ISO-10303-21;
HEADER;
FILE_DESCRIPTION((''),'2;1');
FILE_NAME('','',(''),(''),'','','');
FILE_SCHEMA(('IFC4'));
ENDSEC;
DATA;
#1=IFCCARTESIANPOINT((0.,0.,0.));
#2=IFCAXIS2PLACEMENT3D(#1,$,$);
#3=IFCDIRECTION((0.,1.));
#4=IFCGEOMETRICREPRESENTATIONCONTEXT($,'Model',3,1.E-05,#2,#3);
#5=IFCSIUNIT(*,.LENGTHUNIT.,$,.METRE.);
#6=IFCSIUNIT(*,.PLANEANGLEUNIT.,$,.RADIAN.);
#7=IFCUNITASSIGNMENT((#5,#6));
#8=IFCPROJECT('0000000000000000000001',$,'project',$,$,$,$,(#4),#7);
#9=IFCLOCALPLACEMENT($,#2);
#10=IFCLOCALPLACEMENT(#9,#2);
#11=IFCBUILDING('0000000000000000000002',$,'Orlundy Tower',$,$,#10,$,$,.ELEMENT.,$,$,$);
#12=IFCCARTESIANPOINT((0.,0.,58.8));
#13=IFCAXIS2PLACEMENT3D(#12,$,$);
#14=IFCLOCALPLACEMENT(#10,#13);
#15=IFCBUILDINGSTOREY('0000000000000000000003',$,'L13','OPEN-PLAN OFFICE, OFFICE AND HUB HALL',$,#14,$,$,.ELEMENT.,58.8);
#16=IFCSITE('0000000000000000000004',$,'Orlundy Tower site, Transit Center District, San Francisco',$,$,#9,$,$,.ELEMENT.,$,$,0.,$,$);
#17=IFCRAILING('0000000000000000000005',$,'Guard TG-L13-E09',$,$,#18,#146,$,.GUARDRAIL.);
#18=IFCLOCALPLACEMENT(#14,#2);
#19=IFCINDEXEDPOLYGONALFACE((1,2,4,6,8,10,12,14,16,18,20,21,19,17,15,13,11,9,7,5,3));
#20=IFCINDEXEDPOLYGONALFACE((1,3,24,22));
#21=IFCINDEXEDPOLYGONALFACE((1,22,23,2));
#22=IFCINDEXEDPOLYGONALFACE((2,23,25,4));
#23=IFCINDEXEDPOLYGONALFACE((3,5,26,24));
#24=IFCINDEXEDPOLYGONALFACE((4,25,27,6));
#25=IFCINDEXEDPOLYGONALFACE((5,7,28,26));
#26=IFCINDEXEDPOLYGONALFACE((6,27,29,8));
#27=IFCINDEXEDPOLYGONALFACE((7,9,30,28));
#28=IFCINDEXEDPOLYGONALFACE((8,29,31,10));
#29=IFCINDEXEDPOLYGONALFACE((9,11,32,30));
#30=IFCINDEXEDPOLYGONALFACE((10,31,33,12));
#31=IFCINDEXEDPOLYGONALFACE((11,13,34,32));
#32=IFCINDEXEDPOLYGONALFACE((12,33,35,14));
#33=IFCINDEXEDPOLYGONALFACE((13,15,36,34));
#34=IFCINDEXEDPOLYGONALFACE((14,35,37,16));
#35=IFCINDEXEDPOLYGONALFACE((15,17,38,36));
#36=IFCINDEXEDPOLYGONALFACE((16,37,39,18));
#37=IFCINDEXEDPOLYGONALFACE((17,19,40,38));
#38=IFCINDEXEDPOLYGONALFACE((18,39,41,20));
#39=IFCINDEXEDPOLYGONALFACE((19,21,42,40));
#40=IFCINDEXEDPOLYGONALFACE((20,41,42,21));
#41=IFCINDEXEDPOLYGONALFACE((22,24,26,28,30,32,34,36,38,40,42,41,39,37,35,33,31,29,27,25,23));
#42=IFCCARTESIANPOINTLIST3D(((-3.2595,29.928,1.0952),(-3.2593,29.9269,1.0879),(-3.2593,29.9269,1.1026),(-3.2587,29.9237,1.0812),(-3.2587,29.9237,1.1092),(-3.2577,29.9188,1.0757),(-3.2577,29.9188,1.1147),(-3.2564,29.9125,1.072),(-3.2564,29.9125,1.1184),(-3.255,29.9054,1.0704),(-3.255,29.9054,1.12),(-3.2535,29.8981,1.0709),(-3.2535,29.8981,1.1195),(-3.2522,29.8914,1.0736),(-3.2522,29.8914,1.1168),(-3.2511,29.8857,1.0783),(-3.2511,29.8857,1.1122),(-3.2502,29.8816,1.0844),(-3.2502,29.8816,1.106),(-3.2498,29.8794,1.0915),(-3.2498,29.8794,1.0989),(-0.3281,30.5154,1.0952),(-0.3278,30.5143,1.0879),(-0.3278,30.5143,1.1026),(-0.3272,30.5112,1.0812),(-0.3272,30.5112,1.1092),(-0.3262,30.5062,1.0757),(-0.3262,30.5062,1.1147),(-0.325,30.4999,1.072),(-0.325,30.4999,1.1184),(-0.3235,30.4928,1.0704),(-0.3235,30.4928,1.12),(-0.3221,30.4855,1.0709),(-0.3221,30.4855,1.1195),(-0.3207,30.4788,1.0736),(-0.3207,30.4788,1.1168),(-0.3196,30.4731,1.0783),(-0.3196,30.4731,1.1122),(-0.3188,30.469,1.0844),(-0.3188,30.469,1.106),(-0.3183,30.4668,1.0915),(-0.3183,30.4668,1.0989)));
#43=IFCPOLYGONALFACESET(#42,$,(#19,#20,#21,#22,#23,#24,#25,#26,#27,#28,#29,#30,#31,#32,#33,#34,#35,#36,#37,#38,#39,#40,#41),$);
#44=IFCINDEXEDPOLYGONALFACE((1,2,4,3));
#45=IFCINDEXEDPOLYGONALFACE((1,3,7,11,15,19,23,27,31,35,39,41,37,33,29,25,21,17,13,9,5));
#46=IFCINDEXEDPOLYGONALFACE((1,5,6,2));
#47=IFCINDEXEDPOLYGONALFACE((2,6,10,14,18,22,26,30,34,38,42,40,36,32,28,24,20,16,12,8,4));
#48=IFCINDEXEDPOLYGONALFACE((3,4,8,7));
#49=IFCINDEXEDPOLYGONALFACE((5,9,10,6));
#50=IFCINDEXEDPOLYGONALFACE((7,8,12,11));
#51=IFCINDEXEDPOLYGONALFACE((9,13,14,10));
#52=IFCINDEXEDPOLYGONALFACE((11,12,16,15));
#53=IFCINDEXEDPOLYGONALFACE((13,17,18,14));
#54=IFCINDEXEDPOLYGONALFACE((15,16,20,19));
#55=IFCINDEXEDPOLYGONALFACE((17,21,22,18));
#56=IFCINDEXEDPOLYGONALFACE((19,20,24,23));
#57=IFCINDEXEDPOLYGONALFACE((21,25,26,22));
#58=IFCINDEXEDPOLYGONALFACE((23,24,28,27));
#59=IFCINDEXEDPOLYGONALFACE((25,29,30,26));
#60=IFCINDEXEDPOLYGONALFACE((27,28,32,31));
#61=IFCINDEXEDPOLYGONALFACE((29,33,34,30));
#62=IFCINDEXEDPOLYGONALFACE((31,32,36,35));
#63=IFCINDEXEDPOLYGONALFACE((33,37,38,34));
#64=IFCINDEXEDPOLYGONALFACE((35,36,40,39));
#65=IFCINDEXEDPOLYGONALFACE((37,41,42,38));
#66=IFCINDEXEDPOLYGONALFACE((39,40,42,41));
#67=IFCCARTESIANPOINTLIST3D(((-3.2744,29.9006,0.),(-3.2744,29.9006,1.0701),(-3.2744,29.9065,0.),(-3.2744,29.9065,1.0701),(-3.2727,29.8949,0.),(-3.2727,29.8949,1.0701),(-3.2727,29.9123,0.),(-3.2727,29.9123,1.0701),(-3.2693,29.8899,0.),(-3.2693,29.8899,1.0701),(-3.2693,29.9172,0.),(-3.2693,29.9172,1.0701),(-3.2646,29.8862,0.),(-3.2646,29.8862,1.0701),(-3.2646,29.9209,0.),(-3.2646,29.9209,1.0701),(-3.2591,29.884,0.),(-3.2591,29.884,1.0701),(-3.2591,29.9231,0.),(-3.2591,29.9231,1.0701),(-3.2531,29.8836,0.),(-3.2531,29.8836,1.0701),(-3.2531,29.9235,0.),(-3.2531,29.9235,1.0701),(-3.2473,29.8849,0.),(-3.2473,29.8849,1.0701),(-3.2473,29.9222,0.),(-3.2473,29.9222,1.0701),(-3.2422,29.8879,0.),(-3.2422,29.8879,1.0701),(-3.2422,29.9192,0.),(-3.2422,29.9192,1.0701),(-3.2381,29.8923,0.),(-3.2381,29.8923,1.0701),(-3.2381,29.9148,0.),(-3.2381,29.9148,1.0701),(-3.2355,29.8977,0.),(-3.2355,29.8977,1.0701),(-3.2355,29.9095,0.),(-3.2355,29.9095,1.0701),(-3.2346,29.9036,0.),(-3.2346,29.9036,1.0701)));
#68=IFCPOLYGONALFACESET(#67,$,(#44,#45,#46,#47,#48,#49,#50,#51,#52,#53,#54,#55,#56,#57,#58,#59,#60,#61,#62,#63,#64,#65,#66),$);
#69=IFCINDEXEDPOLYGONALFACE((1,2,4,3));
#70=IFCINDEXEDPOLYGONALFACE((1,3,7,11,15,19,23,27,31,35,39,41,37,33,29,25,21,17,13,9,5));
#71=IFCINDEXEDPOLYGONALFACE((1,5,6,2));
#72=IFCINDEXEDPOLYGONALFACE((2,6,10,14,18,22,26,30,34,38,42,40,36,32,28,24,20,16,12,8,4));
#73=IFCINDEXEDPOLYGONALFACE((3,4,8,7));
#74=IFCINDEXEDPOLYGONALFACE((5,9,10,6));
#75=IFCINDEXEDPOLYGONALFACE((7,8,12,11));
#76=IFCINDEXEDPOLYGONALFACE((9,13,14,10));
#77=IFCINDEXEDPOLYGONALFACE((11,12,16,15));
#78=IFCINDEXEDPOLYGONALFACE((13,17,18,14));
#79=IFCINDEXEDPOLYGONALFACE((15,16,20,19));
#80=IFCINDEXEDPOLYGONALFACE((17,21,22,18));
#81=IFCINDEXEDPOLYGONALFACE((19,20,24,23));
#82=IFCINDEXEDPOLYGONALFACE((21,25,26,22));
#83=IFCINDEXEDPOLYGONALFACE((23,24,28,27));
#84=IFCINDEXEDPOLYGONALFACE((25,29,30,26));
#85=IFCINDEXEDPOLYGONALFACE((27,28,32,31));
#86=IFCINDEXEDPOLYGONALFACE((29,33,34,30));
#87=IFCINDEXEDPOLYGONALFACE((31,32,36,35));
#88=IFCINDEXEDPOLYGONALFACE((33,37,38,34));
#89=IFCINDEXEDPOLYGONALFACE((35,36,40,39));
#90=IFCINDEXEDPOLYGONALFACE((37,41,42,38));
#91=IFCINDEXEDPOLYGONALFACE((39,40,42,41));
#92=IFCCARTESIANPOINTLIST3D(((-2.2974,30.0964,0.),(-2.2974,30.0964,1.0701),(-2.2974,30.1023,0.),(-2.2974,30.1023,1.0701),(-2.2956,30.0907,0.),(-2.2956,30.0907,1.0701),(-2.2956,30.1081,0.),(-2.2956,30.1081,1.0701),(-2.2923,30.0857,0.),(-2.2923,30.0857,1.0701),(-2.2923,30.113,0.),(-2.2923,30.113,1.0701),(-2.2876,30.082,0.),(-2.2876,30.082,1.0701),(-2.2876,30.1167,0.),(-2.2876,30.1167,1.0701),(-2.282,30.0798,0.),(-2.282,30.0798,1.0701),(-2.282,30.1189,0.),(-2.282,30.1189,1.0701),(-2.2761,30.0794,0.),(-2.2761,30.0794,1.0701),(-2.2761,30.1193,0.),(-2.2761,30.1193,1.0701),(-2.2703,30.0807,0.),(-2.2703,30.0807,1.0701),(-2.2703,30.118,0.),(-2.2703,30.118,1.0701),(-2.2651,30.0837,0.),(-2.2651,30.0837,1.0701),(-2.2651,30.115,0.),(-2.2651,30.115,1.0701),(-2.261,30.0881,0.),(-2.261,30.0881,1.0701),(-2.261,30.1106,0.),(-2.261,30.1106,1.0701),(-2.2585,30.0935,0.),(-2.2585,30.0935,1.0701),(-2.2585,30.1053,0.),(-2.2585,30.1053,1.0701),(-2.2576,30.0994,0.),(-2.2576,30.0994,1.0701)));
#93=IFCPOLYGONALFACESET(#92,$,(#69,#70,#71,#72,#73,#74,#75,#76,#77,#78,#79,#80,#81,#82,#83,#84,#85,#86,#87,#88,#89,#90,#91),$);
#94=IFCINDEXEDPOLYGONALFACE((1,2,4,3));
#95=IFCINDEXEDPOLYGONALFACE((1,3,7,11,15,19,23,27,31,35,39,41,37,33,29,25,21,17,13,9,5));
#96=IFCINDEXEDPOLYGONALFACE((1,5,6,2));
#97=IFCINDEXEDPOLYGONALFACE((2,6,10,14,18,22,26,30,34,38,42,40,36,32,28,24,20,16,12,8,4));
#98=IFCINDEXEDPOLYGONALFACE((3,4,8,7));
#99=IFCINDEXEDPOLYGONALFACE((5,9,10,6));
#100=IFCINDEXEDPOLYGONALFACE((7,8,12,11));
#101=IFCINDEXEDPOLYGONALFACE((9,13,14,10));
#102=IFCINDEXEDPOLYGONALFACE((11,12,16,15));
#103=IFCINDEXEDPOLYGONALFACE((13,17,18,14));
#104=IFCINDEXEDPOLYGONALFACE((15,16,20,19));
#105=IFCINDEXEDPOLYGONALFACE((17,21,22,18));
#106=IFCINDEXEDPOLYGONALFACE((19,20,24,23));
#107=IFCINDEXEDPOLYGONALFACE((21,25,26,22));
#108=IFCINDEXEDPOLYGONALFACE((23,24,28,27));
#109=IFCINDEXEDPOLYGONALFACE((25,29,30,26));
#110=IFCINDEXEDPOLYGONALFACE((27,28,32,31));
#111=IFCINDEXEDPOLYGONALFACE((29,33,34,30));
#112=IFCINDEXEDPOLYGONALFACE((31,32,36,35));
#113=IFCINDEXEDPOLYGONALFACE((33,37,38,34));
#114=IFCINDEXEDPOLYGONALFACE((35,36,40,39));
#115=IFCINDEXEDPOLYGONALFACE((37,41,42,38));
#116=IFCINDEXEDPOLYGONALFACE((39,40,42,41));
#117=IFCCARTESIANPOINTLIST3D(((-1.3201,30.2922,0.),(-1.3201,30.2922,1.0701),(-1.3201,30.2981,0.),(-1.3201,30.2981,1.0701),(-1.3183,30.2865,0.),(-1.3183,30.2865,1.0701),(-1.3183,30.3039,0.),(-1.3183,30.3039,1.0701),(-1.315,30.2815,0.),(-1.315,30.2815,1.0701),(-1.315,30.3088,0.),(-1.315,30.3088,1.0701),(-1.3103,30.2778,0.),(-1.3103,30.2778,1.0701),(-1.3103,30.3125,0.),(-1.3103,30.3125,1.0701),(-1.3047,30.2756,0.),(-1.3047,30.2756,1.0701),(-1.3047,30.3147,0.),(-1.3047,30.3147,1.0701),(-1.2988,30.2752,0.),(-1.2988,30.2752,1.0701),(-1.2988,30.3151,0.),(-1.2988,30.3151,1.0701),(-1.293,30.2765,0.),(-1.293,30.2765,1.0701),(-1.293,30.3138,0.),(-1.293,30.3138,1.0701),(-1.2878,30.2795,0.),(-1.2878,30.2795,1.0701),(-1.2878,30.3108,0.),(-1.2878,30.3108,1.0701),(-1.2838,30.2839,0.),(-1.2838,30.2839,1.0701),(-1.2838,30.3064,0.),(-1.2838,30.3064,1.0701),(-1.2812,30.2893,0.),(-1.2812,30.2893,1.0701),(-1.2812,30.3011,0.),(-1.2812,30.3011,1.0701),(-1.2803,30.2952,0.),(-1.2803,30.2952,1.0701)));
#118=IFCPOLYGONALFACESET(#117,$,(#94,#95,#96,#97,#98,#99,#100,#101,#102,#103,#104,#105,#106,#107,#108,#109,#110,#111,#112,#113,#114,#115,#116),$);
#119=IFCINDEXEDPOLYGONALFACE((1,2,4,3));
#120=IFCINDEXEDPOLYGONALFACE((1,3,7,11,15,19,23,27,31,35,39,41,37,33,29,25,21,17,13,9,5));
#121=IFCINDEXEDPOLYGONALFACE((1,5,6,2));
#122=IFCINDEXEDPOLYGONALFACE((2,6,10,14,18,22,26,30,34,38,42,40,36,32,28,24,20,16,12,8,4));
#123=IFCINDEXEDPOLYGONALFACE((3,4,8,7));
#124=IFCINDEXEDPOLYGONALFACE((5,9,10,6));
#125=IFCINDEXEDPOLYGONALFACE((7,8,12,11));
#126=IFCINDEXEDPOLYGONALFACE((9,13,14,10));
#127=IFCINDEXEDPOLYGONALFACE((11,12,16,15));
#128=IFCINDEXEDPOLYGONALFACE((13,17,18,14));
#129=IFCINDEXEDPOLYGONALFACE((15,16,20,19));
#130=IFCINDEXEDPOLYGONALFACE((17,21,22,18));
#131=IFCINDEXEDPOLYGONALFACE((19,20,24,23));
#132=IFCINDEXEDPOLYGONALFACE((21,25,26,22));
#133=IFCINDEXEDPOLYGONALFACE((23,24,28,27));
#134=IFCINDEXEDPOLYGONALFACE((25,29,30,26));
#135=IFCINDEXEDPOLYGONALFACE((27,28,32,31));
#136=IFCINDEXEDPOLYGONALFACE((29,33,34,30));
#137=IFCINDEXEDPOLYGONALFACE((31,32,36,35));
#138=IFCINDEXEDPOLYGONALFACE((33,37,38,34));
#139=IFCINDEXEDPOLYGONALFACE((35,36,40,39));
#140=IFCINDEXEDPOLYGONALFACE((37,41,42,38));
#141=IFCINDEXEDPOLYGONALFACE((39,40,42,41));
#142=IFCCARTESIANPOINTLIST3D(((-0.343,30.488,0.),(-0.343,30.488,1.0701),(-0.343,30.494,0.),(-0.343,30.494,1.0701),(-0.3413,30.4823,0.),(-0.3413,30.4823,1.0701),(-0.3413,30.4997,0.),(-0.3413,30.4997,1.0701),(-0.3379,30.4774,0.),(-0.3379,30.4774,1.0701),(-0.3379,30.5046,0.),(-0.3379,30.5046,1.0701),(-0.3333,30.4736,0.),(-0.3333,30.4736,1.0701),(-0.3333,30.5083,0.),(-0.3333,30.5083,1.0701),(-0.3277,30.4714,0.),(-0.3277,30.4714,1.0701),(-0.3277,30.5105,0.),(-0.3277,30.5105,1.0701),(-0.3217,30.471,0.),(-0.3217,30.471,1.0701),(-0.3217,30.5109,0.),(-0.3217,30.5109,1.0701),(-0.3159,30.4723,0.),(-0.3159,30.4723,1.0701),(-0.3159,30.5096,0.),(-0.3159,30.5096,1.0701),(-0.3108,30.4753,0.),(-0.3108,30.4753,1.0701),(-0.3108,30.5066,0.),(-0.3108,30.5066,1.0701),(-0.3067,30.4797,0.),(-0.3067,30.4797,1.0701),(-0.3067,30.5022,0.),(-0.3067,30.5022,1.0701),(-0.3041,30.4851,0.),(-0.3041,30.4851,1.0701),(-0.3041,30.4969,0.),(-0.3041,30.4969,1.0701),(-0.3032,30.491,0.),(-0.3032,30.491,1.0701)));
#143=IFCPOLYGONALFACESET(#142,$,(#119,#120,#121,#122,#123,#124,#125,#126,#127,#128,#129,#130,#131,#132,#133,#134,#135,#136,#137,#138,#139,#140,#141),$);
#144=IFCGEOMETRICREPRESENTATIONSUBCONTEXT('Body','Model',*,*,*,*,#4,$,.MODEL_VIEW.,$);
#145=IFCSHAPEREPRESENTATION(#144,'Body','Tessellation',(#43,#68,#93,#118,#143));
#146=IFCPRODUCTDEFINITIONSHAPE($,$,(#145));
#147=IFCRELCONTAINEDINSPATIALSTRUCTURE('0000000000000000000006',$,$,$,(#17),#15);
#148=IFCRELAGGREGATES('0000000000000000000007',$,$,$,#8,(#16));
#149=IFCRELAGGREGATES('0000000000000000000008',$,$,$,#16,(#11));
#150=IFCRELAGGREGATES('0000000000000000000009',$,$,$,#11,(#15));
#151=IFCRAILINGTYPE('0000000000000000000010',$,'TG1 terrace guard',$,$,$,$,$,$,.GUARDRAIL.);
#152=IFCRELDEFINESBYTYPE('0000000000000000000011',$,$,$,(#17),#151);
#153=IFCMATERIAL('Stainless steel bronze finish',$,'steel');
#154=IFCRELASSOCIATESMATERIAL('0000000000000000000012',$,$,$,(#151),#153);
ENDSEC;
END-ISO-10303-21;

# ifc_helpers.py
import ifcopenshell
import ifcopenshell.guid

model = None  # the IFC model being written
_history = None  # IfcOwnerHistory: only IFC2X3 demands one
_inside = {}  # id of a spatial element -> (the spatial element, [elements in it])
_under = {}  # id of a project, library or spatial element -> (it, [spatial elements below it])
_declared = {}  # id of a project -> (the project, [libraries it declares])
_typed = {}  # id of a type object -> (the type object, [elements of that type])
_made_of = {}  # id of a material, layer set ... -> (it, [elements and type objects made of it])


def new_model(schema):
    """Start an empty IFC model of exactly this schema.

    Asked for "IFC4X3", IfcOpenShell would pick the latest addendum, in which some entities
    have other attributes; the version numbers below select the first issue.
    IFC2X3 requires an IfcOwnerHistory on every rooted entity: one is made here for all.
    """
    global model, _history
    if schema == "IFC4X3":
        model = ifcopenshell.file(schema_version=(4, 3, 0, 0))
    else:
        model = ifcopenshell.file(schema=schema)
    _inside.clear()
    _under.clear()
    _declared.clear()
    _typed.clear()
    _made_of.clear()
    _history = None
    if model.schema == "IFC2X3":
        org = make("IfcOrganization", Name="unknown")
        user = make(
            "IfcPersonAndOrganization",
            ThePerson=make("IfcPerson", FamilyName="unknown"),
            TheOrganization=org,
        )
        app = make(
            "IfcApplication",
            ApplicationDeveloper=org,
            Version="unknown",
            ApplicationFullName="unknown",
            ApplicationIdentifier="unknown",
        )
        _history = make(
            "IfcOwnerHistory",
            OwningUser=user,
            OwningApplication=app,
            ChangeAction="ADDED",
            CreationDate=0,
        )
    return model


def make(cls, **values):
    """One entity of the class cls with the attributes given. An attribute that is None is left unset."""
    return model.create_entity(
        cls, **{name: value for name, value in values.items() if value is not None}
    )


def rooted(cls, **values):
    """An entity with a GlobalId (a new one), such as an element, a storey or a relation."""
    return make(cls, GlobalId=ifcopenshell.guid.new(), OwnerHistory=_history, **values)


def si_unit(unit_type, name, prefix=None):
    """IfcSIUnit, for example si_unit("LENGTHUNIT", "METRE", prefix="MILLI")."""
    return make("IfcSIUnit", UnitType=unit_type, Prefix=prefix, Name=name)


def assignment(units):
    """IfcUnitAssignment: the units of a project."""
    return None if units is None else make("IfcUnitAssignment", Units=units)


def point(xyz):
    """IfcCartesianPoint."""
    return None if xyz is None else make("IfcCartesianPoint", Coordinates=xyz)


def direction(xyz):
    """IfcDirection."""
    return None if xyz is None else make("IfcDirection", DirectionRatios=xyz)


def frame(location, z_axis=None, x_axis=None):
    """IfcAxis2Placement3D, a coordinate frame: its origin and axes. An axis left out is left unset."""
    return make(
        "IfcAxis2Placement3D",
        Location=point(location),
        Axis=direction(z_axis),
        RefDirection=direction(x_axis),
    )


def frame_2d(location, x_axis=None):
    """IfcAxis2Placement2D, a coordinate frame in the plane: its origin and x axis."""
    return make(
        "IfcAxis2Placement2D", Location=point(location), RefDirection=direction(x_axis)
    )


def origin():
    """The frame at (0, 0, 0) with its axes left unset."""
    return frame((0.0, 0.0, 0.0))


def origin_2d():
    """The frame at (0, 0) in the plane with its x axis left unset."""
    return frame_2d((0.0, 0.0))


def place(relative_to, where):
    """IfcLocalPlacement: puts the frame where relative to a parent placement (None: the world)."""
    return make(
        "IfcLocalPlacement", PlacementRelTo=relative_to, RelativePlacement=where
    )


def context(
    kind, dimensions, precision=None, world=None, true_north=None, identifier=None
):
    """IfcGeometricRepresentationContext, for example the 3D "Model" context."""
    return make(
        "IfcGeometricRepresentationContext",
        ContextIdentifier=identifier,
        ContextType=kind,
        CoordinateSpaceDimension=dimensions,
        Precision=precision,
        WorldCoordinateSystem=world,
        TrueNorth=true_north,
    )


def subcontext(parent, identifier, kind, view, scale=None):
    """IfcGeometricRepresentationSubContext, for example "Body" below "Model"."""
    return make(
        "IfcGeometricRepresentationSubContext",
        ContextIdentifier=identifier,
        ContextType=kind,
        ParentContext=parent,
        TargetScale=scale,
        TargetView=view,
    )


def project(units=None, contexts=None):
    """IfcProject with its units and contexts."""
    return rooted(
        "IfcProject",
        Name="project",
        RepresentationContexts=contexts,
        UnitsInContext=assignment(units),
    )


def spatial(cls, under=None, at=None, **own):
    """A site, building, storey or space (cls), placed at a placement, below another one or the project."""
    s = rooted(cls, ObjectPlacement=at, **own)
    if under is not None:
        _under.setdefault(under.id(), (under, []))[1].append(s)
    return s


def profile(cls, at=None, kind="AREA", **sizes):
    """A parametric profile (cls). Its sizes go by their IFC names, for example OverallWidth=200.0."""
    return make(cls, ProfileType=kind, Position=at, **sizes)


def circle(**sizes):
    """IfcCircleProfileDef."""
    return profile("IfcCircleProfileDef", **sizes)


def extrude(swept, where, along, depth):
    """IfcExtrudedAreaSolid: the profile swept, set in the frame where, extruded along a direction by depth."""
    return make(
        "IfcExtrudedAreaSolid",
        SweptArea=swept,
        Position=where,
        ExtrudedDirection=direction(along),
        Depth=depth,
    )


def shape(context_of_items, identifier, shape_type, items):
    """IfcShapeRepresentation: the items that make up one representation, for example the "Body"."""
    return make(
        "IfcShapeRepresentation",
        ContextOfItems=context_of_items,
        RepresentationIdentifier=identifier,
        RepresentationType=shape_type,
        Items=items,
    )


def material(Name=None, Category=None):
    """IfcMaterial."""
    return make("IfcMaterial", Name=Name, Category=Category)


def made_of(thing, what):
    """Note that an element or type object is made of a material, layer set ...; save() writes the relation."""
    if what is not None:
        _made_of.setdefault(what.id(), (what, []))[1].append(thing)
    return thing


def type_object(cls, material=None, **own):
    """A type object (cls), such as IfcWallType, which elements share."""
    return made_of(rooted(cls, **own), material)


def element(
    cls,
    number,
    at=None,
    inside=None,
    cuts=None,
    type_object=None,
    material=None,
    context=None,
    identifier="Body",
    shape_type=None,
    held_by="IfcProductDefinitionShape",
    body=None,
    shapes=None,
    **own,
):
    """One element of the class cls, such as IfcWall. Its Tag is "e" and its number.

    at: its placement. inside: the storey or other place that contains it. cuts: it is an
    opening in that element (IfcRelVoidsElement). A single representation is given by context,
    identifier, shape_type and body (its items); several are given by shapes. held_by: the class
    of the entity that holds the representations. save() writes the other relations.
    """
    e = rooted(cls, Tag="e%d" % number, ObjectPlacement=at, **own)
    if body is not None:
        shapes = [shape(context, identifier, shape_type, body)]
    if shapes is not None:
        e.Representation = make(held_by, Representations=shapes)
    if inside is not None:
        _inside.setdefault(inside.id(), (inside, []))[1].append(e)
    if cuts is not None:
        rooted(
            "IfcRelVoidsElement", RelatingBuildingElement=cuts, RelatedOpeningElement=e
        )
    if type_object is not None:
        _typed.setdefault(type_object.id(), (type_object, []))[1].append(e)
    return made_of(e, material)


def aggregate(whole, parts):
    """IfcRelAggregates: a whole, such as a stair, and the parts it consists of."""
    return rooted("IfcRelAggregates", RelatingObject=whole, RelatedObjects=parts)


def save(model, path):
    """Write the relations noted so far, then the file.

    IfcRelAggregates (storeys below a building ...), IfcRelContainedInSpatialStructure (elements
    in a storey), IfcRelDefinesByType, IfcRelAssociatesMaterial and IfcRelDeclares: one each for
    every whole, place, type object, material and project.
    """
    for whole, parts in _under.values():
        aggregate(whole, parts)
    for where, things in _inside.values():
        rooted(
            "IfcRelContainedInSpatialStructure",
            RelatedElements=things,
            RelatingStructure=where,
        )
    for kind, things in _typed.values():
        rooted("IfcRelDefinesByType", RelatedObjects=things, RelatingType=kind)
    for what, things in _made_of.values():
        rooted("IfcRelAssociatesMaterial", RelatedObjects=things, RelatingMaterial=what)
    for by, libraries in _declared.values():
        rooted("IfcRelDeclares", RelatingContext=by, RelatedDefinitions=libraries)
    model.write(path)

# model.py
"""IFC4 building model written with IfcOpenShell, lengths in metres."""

from ifc_helpers import new_model, si_unit, direction, frame, origin, origin_2d, place, context, subcontext, project, spatial, circle, extrude, material, type_object, element, save


model = new_model("IFC4")

# Units and contexts
model_context = context("Model", 3, precision=1e-05, world=origin(), true_north=direction((0.0, 1.0)))
body_context = subcontext(model_context, "Body", "Model", "MODEL_VIEW")
ifc_project = project(units=[si_unit("LENGTHUNIT", "METRE"), si_unit("PLANEANGLEUNIT", "RADIAN")], contexts=[model_context])

# Site, building, storey
site_placement = place(None, origin())
site = spatial("IfcSite", under=ifc_project, at=site_placement, Name="Orlundy Tower site, Transit Center District, San Francisco", CompositionType="ELEMENT", RefElevation=0.0)
building_placement = place(site_placement, origin())
building = spatial("IfcBuilding", under=site, at=building_placement, Name="Orlundy Tower", CompositionType="ELEMENT")
storey_placement = place(building_placement, frame((0.0, 0.0, 58.8)))
storey = spatial("IfcBuildingStorey", under=building, at=storey_placement, Name="L13", Description="OPEN-PLAN OFFICE, OFFICE AND HUB HALL", CompositionType="ELEMENT", Elevation=58.8)

# Railing
ifc_material_1 = material(Name="Stainless steel bronze finish", Category="steel")
railing_type_1 = type_object("IfcRailingType", Name="TG1 terrace guard", PredefinedType="GUARDRAIL", material=ifc_material_1)
railing_1_placement = place(storey_placement, frame((-3.2546, 29.9036, 0.0)))
element("IfcRailing", 1, at=railing_1_placement, inside=storey, type_object=railing_type_1, Name="Guard TG-L13-E09", PredefinedType="GUARDRAIL", context=body_context, shape_type="SweptSolid", body=[
    extrude(circle(Radius=0.0249, at=origin_2d()), frame((0.0, 0.0, 1.0952), z_axis=(0.980508, 0.196477, 0.0), x_axis=(-0.196477, 0.980508, 0.0)), (0.0, 0.0, 1.0), 2.9897),
    extrude(circle(Radius=0.02, at=origin_2d()), origin(), (0.0, 0.0, 1.0), 1.0701),
    extrude(circle(Radius=0.02, at=origin_2d()), frame((0.9771, 0.1958, 0.0)), (0.0, 0.0, 1.0), 1.0701),
    extrude(circle(Radius=0.02, at=origin_2d()), frame((1.9543, 0.3916, 0.0)), (0.0, 0.0, 1.0), 1.0701),
    extrude(circle(Radius=0.02, at=origin_2d()), frame((2.9314, 0.5874, 0.0)), (0.0, 0.0, 1.0), 1.0701),
])

save(model, "model.ifc")
